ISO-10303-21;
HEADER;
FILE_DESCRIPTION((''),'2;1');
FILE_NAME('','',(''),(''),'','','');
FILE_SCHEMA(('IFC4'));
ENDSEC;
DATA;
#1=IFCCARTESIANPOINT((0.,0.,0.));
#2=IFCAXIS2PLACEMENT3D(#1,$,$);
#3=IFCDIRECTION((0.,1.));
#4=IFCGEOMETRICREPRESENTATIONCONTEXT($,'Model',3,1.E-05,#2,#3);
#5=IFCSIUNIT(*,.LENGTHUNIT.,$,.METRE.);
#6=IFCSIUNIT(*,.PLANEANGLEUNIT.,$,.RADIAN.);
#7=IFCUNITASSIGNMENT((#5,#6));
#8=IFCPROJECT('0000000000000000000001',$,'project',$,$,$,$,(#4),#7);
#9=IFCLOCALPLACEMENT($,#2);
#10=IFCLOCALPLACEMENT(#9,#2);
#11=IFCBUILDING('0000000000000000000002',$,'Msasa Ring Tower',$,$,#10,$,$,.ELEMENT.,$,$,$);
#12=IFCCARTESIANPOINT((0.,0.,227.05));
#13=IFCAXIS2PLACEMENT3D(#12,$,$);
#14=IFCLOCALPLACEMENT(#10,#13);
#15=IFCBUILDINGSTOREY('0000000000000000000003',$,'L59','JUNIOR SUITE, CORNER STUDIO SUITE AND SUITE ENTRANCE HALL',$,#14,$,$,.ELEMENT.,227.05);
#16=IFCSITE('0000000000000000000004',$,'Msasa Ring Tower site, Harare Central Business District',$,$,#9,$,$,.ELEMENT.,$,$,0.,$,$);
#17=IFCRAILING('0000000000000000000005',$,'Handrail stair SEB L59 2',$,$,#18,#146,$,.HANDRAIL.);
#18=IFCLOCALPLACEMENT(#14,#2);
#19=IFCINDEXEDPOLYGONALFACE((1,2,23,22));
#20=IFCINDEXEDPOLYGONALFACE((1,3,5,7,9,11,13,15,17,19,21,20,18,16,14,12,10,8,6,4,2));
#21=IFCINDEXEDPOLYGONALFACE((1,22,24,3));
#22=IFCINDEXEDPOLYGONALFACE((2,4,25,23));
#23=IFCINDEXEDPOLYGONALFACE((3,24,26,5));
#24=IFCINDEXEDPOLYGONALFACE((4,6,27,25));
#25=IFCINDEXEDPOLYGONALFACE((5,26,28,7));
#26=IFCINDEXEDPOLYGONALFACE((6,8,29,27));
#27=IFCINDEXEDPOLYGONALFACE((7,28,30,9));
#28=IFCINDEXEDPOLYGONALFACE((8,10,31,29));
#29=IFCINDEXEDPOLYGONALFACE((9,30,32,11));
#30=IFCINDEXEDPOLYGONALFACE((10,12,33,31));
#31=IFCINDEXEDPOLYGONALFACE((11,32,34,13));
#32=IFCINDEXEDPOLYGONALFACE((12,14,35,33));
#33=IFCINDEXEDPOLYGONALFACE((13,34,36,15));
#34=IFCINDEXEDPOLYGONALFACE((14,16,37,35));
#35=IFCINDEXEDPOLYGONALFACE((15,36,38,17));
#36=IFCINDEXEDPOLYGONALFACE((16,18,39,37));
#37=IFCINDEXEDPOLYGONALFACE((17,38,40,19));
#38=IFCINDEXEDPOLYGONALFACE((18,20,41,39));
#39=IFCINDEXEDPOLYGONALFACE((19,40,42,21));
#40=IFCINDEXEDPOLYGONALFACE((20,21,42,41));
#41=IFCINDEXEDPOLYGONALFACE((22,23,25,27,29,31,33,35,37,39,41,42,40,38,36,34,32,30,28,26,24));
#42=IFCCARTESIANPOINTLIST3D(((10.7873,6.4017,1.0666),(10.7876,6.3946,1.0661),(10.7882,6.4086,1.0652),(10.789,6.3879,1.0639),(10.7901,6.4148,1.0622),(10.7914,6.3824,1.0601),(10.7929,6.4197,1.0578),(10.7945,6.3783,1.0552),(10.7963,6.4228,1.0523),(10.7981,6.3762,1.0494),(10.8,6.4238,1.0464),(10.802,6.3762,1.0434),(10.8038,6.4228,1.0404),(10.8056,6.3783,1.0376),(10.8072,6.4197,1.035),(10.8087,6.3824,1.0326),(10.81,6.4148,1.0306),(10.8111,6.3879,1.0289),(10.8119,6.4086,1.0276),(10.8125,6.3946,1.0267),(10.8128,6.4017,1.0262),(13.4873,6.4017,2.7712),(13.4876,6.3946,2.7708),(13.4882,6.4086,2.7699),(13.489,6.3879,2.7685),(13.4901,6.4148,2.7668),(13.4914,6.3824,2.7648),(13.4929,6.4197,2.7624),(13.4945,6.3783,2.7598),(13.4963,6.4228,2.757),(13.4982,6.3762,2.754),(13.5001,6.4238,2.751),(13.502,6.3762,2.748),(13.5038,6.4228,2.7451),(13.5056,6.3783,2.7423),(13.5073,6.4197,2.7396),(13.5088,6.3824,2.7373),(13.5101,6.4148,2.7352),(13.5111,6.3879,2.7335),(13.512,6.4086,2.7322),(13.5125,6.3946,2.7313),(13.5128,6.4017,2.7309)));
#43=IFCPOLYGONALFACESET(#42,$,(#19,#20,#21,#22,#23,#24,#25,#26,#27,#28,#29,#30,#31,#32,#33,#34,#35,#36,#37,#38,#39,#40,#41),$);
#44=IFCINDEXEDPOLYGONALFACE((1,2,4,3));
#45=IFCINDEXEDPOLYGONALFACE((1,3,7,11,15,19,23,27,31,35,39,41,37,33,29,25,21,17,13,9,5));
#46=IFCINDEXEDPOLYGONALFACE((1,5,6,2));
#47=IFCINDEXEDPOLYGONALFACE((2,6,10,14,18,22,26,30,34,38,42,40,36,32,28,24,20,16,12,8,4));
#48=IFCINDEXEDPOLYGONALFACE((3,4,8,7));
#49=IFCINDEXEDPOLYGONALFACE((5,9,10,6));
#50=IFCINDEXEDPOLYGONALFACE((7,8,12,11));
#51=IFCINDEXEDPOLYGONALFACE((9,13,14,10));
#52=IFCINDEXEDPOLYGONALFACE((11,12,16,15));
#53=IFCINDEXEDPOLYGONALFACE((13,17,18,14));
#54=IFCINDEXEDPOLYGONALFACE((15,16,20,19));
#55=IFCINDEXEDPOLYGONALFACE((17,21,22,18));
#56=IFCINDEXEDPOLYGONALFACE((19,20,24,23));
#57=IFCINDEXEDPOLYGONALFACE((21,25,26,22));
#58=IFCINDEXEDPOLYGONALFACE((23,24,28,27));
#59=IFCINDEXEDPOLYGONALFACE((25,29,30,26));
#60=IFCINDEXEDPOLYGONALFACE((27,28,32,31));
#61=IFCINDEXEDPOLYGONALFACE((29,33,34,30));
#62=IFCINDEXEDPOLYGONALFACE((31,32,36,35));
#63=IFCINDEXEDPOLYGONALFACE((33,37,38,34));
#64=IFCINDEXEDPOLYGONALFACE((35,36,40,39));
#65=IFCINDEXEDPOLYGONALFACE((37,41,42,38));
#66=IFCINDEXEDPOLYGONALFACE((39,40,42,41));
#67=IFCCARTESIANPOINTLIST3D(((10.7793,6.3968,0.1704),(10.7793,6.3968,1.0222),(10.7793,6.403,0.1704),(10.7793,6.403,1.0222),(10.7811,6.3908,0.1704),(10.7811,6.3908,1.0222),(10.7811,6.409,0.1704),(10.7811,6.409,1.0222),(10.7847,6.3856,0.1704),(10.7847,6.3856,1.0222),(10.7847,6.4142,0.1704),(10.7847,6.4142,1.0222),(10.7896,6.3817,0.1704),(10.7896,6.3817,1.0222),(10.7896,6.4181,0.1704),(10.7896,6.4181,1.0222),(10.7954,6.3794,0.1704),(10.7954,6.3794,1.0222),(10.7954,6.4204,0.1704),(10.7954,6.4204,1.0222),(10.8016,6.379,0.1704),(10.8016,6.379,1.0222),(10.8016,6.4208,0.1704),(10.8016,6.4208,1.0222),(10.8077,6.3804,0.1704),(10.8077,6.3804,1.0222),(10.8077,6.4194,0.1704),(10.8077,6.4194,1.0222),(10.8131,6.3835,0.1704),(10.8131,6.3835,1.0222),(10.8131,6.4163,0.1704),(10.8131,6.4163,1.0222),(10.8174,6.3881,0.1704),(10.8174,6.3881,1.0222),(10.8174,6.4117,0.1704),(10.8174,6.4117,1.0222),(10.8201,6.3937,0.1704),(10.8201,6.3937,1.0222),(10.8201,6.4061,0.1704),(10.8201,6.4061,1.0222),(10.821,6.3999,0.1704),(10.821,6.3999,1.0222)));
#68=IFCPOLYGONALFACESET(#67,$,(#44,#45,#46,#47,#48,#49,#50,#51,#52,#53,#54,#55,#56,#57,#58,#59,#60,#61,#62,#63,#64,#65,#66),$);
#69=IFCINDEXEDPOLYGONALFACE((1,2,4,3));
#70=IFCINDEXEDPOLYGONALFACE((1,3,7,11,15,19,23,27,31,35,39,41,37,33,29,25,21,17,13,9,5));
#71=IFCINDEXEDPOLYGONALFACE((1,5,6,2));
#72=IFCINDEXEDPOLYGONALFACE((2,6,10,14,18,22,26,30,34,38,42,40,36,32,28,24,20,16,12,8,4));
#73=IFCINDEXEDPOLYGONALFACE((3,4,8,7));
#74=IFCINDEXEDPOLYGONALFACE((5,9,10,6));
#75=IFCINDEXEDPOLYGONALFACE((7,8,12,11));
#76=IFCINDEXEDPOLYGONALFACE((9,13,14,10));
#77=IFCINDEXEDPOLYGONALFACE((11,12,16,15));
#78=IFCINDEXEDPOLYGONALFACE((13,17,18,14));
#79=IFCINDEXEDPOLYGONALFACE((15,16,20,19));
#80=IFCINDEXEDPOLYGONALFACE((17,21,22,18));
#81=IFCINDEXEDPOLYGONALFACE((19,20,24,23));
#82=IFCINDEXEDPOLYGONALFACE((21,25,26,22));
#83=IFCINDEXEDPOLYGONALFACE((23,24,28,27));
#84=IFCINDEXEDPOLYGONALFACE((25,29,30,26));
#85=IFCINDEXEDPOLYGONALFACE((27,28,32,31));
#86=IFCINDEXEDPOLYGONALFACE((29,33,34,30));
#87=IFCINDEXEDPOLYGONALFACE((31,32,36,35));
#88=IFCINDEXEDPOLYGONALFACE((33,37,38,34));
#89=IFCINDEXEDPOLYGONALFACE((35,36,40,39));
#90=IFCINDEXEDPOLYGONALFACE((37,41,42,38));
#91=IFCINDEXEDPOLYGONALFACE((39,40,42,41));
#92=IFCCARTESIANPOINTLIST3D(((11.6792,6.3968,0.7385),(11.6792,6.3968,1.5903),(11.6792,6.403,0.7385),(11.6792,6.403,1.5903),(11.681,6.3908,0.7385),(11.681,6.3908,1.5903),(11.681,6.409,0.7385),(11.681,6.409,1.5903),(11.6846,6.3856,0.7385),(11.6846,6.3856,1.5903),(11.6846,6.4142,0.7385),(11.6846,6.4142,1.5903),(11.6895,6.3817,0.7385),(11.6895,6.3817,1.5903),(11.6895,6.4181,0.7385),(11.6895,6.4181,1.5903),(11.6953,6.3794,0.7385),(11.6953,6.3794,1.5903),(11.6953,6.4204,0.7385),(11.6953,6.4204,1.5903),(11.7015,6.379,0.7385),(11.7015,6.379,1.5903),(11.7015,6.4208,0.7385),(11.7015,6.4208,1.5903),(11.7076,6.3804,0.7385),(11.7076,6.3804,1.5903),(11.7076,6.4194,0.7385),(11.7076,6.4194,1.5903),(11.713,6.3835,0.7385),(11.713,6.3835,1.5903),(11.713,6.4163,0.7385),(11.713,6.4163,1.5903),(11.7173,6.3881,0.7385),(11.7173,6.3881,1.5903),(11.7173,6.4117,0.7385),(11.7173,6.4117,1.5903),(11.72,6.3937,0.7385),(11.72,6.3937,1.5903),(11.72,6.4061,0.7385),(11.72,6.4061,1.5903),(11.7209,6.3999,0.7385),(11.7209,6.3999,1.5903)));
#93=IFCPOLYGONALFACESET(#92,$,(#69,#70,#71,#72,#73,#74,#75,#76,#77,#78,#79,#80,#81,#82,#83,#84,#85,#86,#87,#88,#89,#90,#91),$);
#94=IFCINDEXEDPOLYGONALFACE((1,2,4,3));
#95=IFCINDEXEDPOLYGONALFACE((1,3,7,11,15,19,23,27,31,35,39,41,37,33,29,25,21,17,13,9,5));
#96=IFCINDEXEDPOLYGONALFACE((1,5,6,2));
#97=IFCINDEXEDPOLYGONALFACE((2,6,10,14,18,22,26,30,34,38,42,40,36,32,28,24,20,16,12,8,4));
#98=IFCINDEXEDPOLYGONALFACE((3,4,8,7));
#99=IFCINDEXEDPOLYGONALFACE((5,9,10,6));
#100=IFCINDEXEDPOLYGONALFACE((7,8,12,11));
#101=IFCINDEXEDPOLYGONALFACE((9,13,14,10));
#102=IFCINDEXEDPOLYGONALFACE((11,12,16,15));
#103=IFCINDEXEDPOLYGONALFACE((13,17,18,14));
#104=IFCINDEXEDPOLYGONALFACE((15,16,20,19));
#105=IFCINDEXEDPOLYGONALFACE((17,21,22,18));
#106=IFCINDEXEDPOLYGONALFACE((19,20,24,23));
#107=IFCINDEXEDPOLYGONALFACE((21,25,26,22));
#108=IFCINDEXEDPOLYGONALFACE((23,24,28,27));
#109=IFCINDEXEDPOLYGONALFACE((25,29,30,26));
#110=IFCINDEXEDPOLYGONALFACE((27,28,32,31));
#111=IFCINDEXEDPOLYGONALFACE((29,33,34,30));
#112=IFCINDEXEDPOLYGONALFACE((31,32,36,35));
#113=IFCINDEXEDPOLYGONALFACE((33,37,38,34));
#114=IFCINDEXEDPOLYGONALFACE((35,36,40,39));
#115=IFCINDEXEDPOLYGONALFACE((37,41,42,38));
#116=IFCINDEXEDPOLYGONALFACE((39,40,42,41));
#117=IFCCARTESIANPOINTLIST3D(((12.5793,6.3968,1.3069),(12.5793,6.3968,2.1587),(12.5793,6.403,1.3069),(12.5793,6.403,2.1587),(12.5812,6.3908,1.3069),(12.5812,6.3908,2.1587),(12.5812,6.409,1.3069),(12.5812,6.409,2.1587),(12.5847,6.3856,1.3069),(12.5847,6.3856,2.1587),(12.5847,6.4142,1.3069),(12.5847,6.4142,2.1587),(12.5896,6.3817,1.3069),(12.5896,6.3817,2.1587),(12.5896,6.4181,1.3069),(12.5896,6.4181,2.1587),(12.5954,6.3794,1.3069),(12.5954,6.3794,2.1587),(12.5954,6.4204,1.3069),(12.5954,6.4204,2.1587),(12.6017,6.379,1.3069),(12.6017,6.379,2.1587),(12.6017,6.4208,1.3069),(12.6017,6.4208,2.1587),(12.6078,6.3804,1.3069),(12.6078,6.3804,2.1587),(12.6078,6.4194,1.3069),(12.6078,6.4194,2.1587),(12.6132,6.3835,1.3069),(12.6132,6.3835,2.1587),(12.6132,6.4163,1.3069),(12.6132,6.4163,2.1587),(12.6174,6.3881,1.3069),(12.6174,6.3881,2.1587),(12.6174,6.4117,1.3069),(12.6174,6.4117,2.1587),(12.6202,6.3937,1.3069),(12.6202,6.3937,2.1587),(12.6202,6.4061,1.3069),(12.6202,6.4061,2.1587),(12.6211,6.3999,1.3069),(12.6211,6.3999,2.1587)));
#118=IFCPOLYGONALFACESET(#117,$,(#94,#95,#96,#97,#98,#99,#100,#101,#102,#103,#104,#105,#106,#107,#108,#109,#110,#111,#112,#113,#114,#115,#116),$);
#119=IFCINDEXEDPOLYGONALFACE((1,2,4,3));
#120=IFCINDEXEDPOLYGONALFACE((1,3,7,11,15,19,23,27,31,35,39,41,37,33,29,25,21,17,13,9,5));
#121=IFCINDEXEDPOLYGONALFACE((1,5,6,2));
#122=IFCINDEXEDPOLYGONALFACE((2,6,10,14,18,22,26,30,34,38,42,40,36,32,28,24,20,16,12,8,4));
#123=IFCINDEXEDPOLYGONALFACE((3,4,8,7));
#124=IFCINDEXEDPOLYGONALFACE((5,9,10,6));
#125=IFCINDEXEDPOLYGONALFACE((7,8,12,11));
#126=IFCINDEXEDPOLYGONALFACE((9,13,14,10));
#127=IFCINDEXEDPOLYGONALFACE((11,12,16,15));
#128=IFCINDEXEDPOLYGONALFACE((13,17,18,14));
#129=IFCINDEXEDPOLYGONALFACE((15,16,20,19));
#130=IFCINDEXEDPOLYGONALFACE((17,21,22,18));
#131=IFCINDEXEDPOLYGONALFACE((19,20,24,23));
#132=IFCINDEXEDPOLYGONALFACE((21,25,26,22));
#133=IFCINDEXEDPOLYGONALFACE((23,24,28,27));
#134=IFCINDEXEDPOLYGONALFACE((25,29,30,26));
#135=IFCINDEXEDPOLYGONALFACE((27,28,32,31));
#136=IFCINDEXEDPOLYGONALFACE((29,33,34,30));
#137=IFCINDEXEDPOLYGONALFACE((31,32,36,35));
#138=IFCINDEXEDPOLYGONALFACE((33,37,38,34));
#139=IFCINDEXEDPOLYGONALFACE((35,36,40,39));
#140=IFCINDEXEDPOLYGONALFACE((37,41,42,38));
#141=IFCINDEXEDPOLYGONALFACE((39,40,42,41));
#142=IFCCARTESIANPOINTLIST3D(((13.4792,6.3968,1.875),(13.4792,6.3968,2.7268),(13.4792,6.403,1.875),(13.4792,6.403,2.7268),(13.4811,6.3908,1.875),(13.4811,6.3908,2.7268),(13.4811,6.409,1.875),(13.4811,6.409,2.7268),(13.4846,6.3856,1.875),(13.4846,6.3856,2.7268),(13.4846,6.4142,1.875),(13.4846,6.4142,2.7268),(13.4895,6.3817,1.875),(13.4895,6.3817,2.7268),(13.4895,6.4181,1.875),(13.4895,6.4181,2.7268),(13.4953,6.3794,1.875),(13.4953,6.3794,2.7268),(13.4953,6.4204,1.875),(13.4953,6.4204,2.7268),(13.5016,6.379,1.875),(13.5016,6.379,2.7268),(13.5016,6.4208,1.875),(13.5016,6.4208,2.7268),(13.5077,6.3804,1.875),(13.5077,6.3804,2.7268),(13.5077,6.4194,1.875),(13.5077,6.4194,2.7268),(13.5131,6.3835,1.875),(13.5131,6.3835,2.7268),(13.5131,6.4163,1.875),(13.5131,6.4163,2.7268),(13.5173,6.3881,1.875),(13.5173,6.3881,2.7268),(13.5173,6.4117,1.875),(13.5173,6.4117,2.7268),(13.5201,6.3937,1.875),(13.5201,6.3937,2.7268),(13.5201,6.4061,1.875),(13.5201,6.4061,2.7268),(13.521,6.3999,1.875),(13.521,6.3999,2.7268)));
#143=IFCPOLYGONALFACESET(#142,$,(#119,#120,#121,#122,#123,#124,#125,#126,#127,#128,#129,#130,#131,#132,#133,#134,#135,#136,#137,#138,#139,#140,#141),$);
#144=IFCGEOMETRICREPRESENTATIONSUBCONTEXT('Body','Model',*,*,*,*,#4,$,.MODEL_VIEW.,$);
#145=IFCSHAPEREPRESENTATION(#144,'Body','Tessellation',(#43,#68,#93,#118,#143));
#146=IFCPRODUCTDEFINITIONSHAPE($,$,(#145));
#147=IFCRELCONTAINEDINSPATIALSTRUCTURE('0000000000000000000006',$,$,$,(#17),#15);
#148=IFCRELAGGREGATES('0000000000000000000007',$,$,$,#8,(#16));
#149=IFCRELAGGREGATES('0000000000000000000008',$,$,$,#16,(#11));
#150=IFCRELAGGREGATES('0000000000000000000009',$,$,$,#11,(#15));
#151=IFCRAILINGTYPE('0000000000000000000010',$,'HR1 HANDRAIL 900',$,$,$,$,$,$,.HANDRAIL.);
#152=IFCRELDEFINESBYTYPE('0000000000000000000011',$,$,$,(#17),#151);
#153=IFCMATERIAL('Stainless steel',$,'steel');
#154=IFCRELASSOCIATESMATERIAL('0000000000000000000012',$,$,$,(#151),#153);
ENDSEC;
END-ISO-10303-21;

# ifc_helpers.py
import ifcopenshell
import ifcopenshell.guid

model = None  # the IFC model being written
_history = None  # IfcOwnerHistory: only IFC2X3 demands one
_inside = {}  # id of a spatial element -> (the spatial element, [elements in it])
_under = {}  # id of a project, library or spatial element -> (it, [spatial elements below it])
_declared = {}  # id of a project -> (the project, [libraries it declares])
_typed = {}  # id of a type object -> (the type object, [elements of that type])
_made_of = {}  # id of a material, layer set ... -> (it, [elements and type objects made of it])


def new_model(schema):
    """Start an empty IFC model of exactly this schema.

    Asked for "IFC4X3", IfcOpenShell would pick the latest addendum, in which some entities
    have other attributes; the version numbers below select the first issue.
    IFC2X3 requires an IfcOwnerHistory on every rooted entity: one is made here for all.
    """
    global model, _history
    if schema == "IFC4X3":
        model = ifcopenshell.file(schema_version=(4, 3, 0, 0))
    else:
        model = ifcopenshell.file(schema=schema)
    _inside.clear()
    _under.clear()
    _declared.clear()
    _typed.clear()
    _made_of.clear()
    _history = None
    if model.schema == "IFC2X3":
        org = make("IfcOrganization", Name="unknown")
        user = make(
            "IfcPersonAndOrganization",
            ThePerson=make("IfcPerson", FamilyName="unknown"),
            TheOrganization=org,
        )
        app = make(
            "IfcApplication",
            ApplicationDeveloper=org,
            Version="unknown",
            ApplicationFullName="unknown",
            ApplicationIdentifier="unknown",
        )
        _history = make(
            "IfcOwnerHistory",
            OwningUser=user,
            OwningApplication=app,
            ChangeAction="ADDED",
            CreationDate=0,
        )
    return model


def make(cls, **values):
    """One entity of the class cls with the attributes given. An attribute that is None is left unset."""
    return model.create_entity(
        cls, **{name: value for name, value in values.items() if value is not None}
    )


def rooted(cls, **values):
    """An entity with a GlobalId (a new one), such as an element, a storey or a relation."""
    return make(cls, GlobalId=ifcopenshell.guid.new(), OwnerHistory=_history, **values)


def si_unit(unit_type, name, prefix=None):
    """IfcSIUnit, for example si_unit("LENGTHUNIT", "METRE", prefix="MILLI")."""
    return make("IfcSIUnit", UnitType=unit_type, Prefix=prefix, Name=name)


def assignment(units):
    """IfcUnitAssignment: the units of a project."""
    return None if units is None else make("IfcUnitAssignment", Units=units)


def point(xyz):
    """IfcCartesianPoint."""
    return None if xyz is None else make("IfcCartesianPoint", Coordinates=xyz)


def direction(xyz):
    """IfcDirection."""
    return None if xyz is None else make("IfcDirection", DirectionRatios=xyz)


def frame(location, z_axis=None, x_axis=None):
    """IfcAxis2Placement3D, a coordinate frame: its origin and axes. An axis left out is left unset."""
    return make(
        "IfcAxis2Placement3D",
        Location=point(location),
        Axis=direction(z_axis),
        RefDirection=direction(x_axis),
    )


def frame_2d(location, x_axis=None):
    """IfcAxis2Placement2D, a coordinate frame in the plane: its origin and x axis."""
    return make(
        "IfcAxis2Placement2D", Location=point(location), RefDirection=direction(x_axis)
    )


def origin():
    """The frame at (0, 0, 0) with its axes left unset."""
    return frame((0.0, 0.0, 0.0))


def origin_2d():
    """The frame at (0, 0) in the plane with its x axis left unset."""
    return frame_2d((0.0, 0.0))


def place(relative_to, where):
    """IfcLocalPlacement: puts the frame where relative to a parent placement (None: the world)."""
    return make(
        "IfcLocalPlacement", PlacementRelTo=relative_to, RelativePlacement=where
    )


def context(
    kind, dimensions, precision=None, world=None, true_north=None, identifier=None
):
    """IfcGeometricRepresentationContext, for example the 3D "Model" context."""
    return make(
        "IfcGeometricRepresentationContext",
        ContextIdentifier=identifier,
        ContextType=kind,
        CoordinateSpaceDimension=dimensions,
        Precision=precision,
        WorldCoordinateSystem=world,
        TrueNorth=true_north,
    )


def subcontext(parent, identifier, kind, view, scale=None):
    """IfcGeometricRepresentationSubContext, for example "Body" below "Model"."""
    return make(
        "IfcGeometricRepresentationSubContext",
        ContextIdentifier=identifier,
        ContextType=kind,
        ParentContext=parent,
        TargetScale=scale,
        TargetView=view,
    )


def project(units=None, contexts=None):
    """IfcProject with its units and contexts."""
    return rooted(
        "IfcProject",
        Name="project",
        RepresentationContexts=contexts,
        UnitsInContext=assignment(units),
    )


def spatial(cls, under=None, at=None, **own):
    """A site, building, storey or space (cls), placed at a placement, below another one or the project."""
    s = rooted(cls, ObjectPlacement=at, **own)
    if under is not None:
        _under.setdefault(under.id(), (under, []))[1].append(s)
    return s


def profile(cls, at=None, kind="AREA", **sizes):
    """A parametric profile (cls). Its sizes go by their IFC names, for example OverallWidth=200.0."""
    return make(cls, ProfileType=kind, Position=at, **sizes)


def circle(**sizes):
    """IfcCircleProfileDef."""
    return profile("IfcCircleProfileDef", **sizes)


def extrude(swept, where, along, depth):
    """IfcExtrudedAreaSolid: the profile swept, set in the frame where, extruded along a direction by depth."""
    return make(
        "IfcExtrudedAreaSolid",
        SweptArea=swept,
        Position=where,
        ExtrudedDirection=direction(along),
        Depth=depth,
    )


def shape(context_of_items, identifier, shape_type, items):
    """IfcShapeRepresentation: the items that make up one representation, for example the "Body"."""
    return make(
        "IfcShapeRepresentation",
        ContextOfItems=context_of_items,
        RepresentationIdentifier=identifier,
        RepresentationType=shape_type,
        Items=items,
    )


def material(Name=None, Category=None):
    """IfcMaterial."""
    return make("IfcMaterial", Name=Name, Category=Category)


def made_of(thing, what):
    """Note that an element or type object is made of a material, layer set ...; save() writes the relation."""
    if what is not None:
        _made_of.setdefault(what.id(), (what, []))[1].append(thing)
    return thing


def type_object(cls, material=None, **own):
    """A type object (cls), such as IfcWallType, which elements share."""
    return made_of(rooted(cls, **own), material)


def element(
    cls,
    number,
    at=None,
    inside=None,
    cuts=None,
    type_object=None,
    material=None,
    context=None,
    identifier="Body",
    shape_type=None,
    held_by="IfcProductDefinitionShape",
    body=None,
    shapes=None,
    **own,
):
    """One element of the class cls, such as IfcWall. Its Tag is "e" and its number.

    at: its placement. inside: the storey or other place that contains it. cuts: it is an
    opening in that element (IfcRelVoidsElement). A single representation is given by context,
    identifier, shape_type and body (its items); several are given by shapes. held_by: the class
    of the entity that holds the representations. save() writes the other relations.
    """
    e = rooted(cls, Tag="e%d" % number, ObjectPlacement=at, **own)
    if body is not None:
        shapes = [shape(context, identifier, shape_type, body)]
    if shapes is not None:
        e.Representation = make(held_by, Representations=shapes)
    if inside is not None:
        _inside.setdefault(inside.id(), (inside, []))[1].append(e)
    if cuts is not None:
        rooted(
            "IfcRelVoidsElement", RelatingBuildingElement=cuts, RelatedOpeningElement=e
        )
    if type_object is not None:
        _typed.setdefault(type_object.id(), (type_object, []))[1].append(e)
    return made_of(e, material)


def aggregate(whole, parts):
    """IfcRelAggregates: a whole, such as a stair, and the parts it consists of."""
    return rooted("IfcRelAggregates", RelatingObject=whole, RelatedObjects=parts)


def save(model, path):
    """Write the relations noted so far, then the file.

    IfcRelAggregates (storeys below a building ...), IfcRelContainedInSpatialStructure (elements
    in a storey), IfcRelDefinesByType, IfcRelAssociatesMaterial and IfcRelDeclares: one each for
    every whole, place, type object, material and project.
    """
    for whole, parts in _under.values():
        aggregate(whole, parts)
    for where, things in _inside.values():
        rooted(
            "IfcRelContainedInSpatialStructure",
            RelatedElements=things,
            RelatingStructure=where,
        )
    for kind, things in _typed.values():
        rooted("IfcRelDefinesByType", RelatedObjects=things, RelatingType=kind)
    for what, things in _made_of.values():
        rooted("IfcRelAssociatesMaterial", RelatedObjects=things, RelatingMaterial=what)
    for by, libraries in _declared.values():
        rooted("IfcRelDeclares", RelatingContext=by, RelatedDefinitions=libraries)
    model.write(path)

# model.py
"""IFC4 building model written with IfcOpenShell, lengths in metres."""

from ifc_helpers import new_model, si_unit, direction, frame, origin, origin_2d, place, context, subcontext, project, spatial, circle, extrude, material, type_object, element, save


model = new_model("IFC4")

# Units and contexts
model_context = context("Model", 3, precision=1e-05, world=origin(), true_north=direction((0.0, 1.0)))
body_context = subcontext(model_context, "Body", "Model", "MODEL_VIEW")
ifc_project = project(units=[si_unit("LENGTHUNIT", "METRE"), si_unit("PLANEANGLEUNIT", "RADIAN")], contexts=[model_context])

# Site, building, storey
site_placement = place(None, origin())
site = spatial("IfcSite", under=ifc_project, at=site_placement, Name="Msasa Ring Tower site, Harare Central Business District", CompositionType="ELEMENT", RefElevation=0.0)
building_placement = place(site_placement, origin())
building = spatial("IfcBuilding", under=site, at=building_placement, Name="Msasa Ring Tower", CompositionType="ELEMENT")
storey_placement = place(building_placement, frame((0.0, 0.0, 227.05)))
storey = spatial("IfcBuildingStorey", under=building, at=storey_placement, Name="L59", Description="JUNIOR SUITE, CORNER STUDIO SUITE AND SUITE ENTRANCE HALL", CompositionType="ELEMENT", Elevation=227.05)

# Railing
ifc_material_1 = material(Name="Stainless steel", Category="steel")
railing_type = type_object("IfcRailingType", Name="HR1 HANDRAIL 900", PredefinedType="HANDRAIL", material=ifc_material_1)
for number, where, name in (
    (1, (10.8, 6.3999, 0.1704), "Handrail stair SEB L59 2"),
):
    element("IfcRailing", number, at=place(storey_placement, frame(where)), inside=storey, type_object=railing_type, Name=name, PredefinedType="HANDRAIL", context=body_context, shape_type="SweptSolid", body=[
        extrude(circle(Radius=0.0239, at=origin_2d()), frame((0.0, 0.0, 0.876), z_axis=(0.84558, 0.0, 0.533849), x_axis=(0.0, 1.0, 0.0)), (0.0, 0.0, 1.0), 3.1931),
        extrude(circle(Radius=0.021, at=origin_2d()), origin(), (0.0, 0.0, 1.0), 0.8518),
        extrude(circle(Radius=0.021, at=origin_2d()), frame((0.8999, 0.0, 0.5681)), (0.0, 0.0, 1.0), 0.8518),
        extrude(circle(Radius=0.021, at=origin_2d()), frame((1.8, 0.0, 1.1365)), (0.0, 0.0, 1.0), 0.8518),
        extrude(circle(Radius=0.021, at=origin_2d()), frame((2.7, 0.0, 1.7046)), (0.0, 0.0, 1.0), 0.8518),
    ])

save(model, "model.ifc")
